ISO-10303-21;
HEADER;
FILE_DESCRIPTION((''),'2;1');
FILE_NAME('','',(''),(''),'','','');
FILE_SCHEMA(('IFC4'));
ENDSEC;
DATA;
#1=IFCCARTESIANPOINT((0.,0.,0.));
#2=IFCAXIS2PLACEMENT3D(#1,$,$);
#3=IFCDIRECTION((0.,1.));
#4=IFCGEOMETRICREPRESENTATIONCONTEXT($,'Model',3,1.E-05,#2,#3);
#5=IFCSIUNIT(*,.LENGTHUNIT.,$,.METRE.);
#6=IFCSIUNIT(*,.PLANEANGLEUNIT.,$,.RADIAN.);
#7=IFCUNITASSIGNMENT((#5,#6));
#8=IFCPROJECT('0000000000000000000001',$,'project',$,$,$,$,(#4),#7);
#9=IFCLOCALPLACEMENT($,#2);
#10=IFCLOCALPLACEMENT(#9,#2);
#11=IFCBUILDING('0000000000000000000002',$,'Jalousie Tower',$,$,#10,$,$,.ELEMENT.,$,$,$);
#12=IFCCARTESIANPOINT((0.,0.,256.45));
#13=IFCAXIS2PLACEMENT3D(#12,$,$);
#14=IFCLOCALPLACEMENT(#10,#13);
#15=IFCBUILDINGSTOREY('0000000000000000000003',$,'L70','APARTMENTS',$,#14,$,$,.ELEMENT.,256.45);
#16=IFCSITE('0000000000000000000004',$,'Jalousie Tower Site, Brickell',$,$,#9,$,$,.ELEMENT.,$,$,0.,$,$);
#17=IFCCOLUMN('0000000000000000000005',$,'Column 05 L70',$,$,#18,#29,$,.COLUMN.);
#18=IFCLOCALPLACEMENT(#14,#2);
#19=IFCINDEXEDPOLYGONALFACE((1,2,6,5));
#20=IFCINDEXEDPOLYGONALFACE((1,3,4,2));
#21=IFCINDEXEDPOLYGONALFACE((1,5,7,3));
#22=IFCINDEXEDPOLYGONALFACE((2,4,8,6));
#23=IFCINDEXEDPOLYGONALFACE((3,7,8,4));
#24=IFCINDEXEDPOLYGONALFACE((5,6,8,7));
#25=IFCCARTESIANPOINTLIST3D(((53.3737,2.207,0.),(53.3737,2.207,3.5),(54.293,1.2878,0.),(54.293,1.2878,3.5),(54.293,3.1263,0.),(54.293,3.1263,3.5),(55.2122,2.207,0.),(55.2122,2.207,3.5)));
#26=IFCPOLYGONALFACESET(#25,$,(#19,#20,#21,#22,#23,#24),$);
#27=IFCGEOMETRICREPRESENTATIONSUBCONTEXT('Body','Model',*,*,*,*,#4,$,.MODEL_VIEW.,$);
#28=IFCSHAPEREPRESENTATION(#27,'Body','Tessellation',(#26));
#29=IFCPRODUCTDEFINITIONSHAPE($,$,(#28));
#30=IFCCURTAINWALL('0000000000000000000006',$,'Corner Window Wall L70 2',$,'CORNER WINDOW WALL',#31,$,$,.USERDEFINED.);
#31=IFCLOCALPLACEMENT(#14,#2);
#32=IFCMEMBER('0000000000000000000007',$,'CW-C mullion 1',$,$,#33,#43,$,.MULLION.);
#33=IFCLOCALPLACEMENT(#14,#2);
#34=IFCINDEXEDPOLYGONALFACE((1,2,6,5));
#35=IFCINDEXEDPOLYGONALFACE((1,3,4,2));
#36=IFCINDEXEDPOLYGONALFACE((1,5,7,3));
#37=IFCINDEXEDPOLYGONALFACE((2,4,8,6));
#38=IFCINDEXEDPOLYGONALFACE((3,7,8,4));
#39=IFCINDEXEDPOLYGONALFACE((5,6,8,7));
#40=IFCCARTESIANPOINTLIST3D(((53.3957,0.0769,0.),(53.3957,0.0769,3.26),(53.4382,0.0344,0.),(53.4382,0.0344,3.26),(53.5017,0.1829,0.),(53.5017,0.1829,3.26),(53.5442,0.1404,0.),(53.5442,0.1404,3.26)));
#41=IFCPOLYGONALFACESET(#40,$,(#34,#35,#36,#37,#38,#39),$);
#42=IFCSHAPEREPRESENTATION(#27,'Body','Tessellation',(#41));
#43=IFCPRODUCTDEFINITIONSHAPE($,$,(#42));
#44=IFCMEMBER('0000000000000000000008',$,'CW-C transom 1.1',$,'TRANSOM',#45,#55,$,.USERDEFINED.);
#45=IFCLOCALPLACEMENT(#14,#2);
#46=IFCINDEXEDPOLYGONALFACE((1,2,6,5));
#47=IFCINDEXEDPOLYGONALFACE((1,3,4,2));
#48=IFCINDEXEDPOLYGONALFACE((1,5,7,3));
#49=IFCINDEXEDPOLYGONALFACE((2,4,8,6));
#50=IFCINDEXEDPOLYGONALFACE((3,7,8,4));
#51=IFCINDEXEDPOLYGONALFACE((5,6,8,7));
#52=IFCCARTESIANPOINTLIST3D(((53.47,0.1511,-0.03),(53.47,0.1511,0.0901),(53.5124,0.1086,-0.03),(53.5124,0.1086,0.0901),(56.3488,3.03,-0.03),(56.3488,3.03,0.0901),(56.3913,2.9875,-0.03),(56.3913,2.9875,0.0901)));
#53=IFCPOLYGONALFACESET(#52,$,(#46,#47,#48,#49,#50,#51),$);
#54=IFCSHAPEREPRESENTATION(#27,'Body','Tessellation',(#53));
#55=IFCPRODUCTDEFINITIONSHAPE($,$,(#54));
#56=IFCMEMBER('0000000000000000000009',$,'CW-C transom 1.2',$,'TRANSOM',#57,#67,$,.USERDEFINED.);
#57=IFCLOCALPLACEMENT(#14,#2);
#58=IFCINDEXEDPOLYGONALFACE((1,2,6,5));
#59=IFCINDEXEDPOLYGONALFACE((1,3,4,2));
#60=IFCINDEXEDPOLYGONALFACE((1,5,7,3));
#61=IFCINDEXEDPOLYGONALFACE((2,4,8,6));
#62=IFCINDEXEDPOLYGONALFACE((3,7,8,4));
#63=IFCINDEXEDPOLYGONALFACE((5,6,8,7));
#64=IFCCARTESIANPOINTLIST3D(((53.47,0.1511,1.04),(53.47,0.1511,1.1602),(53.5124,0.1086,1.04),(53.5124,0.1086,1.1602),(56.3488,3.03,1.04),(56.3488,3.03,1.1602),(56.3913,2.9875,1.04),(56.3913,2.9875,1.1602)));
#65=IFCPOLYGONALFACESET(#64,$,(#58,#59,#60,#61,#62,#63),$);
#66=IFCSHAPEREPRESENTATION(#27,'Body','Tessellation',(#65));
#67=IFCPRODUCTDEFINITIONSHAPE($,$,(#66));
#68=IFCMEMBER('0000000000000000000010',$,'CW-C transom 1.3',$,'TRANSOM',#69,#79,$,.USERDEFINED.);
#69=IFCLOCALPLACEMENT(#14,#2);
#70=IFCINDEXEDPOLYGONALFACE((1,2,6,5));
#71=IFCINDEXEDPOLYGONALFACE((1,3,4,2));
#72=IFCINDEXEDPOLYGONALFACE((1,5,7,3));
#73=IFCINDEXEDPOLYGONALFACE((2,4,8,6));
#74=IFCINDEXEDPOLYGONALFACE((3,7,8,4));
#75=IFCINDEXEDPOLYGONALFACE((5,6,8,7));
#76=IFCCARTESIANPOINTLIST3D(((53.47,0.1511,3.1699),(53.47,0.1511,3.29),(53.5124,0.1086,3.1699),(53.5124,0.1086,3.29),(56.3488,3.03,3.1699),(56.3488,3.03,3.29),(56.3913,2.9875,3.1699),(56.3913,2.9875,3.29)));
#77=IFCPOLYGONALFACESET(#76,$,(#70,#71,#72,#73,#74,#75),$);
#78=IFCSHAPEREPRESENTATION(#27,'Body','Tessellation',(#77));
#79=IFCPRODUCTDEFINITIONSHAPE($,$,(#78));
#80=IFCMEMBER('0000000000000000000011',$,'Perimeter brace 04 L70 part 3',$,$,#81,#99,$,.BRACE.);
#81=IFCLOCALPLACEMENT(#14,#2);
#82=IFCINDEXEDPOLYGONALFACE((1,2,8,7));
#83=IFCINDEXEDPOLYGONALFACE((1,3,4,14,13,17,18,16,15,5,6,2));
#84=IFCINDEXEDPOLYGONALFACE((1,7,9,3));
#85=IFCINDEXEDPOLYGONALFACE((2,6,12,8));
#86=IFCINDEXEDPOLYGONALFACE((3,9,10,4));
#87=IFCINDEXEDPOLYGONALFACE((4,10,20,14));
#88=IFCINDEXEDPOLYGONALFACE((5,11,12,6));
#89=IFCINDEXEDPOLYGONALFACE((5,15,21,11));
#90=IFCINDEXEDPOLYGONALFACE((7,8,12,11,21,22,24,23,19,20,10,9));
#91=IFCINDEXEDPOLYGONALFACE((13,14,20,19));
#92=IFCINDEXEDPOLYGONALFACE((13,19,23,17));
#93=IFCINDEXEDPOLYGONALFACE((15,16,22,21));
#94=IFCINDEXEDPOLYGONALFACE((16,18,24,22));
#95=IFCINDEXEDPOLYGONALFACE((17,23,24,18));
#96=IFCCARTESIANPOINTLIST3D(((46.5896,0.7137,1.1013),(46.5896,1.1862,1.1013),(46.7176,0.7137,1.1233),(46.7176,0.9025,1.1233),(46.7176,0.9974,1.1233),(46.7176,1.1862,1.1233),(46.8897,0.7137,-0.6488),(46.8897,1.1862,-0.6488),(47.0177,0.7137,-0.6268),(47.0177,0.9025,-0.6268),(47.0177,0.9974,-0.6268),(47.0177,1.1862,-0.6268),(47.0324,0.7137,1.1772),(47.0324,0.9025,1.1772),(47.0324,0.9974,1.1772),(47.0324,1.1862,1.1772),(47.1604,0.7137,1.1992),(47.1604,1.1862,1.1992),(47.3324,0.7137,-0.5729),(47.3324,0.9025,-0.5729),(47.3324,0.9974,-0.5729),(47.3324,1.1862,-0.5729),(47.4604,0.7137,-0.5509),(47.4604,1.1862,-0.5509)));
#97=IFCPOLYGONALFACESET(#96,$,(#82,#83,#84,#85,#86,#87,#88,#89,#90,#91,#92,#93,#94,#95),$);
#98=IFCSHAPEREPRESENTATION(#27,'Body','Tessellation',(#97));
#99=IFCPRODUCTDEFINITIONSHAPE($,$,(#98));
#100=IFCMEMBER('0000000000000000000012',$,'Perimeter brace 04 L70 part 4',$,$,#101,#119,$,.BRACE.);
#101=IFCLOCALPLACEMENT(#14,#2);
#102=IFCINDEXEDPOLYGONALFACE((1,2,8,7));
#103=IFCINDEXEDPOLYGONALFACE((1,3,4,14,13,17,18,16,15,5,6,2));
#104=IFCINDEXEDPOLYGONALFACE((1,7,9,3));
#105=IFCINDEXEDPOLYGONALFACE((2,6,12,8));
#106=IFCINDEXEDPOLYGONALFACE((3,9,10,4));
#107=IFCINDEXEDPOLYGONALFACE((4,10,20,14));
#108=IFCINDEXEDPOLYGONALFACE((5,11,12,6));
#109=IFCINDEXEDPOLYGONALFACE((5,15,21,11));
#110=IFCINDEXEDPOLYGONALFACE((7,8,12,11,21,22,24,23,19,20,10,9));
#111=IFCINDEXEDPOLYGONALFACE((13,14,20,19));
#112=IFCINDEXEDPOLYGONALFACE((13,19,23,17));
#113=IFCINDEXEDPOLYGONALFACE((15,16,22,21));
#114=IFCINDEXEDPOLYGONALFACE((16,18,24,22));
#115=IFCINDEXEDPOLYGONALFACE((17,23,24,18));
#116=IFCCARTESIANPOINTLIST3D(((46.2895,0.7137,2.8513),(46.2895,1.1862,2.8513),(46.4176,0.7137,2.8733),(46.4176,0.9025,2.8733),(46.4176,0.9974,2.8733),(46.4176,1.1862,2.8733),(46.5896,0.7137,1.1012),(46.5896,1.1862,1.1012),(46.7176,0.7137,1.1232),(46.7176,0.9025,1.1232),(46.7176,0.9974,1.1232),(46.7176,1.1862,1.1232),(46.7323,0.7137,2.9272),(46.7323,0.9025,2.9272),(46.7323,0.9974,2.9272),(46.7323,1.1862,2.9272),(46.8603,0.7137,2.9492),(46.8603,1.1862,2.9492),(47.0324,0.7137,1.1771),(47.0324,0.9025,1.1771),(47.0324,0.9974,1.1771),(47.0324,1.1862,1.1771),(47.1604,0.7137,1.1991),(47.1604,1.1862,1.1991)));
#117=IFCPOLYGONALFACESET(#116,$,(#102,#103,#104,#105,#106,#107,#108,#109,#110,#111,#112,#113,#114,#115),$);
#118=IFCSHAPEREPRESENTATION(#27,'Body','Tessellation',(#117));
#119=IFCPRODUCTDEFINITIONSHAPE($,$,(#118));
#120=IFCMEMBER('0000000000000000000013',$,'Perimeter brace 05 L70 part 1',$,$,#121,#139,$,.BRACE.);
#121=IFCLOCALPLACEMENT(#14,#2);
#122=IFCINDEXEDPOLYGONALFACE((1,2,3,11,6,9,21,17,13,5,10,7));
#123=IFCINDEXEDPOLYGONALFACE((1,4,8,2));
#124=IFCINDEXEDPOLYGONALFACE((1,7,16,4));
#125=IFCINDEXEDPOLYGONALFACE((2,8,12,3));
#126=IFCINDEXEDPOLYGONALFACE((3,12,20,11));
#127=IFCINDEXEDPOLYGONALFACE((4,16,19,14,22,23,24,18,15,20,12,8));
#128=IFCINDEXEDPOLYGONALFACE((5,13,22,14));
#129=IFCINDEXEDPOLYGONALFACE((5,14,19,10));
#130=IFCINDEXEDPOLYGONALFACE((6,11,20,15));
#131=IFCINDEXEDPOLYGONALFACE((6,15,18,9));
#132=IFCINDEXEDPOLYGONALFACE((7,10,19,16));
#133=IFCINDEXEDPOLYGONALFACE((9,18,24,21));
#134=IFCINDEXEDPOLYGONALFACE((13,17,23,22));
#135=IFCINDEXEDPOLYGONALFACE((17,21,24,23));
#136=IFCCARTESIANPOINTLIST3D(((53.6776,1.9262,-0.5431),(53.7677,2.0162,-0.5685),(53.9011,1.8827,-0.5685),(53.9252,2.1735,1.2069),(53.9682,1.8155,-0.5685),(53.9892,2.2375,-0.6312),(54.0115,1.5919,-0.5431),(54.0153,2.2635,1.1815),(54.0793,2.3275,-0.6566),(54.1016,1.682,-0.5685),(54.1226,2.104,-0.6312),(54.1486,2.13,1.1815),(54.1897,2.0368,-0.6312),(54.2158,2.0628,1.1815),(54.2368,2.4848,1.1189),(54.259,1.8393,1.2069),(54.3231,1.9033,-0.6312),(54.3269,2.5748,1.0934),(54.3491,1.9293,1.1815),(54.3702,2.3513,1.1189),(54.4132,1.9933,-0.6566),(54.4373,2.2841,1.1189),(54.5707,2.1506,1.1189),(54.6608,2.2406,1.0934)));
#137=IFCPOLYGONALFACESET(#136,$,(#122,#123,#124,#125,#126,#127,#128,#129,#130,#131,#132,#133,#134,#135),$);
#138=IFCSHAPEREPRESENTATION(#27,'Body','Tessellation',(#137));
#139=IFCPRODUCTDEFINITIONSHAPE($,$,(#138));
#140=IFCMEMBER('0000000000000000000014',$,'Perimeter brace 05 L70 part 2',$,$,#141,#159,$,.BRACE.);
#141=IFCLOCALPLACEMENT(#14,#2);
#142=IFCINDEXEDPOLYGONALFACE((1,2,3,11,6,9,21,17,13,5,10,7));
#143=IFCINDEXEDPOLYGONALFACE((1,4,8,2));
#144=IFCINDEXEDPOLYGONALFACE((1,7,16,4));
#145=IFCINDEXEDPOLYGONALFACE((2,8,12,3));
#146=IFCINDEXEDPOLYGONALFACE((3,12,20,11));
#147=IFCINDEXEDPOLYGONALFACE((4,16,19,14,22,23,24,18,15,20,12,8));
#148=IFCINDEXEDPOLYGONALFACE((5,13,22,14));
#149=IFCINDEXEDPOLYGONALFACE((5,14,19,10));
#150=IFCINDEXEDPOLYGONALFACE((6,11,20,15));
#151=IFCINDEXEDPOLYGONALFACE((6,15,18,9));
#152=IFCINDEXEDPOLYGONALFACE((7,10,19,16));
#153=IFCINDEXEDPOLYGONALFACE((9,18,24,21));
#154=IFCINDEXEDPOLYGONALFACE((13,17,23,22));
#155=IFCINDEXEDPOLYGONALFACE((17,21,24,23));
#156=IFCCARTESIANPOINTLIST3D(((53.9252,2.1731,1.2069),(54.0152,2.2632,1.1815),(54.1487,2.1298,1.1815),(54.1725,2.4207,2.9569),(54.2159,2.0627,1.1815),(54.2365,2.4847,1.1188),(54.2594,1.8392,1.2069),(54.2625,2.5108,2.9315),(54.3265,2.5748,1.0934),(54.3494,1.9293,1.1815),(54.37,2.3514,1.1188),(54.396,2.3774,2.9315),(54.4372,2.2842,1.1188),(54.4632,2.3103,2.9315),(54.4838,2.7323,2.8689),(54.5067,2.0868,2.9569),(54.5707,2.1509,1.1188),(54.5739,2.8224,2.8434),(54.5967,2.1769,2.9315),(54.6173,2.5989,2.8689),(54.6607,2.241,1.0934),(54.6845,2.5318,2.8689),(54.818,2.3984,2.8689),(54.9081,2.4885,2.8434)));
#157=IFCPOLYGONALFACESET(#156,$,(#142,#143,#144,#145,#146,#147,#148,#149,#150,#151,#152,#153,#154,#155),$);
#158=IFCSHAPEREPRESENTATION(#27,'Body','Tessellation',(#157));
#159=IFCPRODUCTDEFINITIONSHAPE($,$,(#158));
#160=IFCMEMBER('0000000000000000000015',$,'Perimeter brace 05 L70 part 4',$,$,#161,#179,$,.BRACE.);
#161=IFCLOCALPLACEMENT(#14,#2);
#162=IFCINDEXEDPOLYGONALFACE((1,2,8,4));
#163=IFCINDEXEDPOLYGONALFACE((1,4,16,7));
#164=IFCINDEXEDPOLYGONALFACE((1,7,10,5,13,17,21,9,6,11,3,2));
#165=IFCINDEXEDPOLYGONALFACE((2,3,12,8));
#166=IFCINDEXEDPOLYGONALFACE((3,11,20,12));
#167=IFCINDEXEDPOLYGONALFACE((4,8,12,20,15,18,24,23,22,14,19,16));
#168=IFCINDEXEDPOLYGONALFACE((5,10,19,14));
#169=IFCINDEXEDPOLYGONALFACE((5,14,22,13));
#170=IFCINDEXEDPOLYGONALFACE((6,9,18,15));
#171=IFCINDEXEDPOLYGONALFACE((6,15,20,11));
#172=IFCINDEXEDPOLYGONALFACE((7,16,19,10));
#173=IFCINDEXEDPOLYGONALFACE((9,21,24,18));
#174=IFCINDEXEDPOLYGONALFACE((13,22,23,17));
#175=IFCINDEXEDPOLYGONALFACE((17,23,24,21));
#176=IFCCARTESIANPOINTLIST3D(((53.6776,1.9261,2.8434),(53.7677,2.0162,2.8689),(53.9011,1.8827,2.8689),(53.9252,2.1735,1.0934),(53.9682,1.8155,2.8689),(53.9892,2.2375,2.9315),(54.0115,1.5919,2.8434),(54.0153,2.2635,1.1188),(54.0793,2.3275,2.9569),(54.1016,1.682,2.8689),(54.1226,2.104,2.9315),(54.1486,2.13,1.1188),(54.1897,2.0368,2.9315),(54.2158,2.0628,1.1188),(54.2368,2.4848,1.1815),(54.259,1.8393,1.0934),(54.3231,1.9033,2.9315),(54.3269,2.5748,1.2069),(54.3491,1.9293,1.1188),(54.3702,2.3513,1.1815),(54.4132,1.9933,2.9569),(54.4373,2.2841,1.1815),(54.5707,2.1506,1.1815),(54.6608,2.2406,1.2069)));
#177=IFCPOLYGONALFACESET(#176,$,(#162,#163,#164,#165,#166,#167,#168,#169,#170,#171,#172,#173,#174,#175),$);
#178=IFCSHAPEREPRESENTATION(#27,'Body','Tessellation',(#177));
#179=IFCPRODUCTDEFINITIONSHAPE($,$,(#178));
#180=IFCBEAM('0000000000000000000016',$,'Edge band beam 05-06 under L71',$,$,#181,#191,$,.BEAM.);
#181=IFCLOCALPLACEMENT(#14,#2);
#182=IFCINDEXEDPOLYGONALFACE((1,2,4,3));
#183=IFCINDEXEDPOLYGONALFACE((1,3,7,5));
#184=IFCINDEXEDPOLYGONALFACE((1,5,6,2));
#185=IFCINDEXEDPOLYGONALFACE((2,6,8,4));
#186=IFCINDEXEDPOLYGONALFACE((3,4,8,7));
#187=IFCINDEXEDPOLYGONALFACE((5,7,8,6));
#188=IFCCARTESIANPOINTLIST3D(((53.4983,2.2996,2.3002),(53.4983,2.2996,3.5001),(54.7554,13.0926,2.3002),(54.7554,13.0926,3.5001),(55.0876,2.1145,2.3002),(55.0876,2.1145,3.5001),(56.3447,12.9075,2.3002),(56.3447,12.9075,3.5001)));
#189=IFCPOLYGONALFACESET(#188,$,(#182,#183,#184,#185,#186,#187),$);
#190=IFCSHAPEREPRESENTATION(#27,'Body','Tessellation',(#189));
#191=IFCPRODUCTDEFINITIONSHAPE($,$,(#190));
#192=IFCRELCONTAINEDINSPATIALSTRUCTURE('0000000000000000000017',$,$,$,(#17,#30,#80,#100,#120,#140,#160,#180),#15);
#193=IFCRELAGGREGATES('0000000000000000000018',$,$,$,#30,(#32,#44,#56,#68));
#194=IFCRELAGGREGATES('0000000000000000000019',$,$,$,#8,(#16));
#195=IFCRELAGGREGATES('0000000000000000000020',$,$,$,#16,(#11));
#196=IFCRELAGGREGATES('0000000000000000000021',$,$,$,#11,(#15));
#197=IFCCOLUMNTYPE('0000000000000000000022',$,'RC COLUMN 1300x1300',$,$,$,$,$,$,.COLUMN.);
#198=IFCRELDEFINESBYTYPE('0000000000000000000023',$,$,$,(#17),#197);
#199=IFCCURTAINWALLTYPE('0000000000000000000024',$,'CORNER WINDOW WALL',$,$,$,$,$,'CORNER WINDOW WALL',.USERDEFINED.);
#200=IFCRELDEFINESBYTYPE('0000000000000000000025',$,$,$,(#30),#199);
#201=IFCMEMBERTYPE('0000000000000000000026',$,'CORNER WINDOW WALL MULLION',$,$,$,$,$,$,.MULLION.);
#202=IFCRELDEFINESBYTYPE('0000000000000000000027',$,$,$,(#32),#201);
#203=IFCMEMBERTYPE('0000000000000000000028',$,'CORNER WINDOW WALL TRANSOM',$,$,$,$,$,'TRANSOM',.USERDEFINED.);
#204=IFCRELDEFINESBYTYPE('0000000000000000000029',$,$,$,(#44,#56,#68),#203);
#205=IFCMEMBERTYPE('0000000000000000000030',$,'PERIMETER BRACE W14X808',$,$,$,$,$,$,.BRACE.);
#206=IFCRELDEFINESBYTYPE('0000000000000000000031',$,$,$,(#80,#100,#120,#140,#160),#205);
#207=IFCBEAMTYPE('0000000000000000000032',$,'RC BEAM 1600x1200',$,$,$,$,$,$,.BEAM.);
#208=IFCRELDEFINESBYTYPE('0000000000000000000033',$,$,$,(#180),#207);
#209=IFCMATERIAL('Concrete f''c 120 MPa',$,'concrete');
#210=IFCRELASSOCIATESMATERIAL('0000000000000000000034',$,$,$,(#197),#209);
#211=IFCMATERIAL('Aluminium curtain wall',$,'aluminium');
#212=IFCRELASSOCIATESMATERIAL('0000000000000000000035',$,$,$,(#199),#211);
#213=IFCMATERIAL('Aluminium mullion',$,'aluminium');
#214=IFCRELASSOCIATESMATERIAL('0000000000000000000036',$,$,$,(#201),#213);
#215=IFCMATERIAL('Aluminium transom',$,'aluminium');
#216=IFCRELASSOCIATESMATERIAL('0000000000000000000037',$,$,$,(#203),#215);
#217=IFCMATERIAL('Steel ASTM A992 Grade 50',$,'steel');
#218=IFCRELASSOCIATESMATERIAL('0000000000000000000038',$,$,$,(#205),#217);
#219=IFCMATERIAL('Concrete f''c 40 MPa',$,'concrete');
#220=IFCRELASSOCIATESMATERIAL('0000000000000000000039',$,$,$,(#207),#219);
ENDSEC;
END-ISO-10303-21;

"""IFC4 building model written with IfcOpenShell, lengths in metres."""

from ifc_helpers import new_model, si_unit, direction, frame, origin, origin_2d, place, context, subcontext, project, spatial, rectangle, i_section, extrude, material, material_profile, profile_set, type_object, element, aggregate, save


model = new_model("IFC4")

# Units and contexts
model_context = context("Model", 3, precision=1e-05, world=origin(), true_north=direction((0.0, 1.0)))
body_context = subcontext(model_context, "Body", "Model", "MODEL_VIEW")
ifc_project = project(units=[si_unit("LENGTHUNIT", "METRE"), si_unit("PLANEANGLEUNIT", "RADIAN")], contexts=[model_context])

# Site, building, storey
site_placement = place(None, origin())
site = spatial("IfcSite", under=ifc_project, at=site_placement, Name="Jalousie Tower Site, Brickell", CompositionType="ELEMENT", RefElevation=0.0)
building_placement = place(site_placement, origin())
building = spatial("IfcBuilding", under=site, at=building_placement, Name="Jalousie Tower", CompositionType="ELEMENT")
storey_placement = place(building_placement, frame((0.0, 0.0, 256.45)))
storey = spatial("IfcBuildingStorey", under=building, at=storey_placement, Name="L70", Description="APARTMENTS", CompositionType="ELEMENT", Elevation=256.45)

# Column
ifc_material_1 = material(Name="Concrete f'c 120 MPa", Category="concrete")
ifc_material_profile_1 = material_profile(ifc_material_1, rectangle(XDim=1.3, YDim=1.3, at=origin_2d()), Name="RC 1300x1300")
ifc_profile_set_1 = profile_set([ifc_material_profile_1], Name="Concrete f'c 120 MPa")
column_type = type_object("IfcColumnType", Name="RC COLUMN 1300x1300", PredefinedType="COLUMN", material=ifc_profile_set_1)
column_placement = place(storey_placement, frame((54.293, 2.207, 0.0), z_axis=(0.0, 0.0, 1.0), x_axis=(0.707107, 0.707107, 0.0)))
element("IfcColumn", 1, at=column_placement, inside=storey, type_object=column_type, Name="Column 05 L70", PredefinedType="COLUMN", context=body_context, shape_type="SweptSolid", body=[
    extrude(rectangle(XDim=1.3, YDim=1.3, at=origin_2d()), origin(), (0.0, 0.0, 1.0), 3.5),
])

# Curtain wall, members
ifc_material_2 = material(Name="Aluminium curtain wall", Category="aluminium")
curtain_wall_type_1 = type_object("IfcCurtainWallType", Name="CORNER WINDOW WALL", ElementType="CORNER WINDOW WALL", PredefinedType="USERDEFINED", material=ifc_material_2)
curtain_wall_1_placement = place(storey_placement, origin())
curtain_wall_1 = element("IfcCurtainWall", 2, at=curtain_wall_1_placement, inside=storey, type_object=curtain_wall_type_1, Name="Corner Window Wall L70 2", ObjectType="CORNER WINDOW WALL", PredefinedType="USERDEFINED")
ifc_material_3 = material(Name="Aluminium mullion", Category="aluminium")
ifc_material_profile_2 = material_profile(ifc_material_3, rectangle(XDim=0.0601, YDim=0.1499, at=origin_2d()), Name="MULLION 60x150")
ifc_profile_set_2 = profile_set([ifc_material_profile_2], Name="Aluminium mullion")
member_type_1 = type_object("IfcMemberType", Name="CORNER WINDOW WALL MULLION", PredefinedType="MULLION", material=ifc_profile_set_2)
member_1_placement = place(storey_placement, frame((53.47, 0.1086, 0.0), z_axis=(0.0, 0.0, 1.0), x_axis=(-0.707107, 0.707107, 0.0)))
member_1 = element("IfcMember", 3, at=member_1_placement, type_object=member_type_1, Name="CW-C mullion 1", PredefinedType="MULLION", context=body_context, shape_type="SweptSolid", body=[
    extrude(rectangle(XDim=0.0601, YDim=0.1499, at=origin_2d()), origin(), (0.0, 0.0, 1.0), 3.26),
])
ifc_material_4 = material(Name="Aluminium transom", Category="aluminium")
ifc_material_profile_3 = material_profile(ifc_material_4, rectangle(XDim=0.0601, YDim=0.1201, at=origin_2d()), Name="TRANSOM 60x120")
ifc_profile_set_3 = profile_set([ifc_material_profile_3], Name="Aluminium transom")
member_type_2 = type_object("IfcMemberType", Name="CORNER WINDOW WALL TRANSOM", ElementType="TRANSOM", PredefinedType="USERDEFINED", material=ifc_profile_set_3)
member_2_placement = place(storey_placement, frame((53.4912, 0.1299, 0.03), z_axis=(0.707107, 0.707107, 0.0), x_axis=(-0.707107, 0.707107, 0.0)))
member_2 = element("IfcMember", 4, at=member_2_placement, type_object=member_type_2, Name="CW-C transom 1.1", ObjectType="TRANSOM", PredefinedType="USERDEFINED", context=body_context, shape_type="SweptSolid", body=[
    extrude(rectangle(XDim=0.0601, YDim=0.1201, at=origin_2d()), origin(), (0.0, 0.0, 1.0), 4.0713),
])
member_3_placement = place(storey_placement, frame((53.4912, 0.1299, 1.1001), z_axis=(0.707107, 0.707107, 0.0), x_axis=(-0.707107, 0.707107, 0.0)))
member_3 = element("IfcMember", 5, at=member_3_placement, type_object=member_type_2, Name="CW-C transom 1.2", ObjectType="TRANSOM", PredefinedType="USERDEFINED", context=body_context, shape_type="SweptSolid", body=[
    extrude(rectangle(XDim=0.0601, YDim=0.1201, at=origin_2d()), origin(), (0.0, 0.0, 1.0), 4.0713),
])
member_4_placement = place(storey_placement, frame((53.4912, 0.1299, 3.23), z_axis=(0.707107, 0.707107, 0.0), x_axis=(-0.707107, 0.707107, 0.0)))
member_4 = element("IfcMember", 6, at=member_4_placement, type_object=member_type_2, Name="CW-C transom 1.3", ObjectType="TRANSOM", PredefinedType="USERDEFINED", context=body_context, shape_type="SweptSolid", body=[
    extrude(rectangle(XDim=0.0601, YDim=0.1201, at=origin_2d()), origin(), (0.0, 0.0, 1.0), 4.0713),
])

# Members
ifc_material_5 = material(Name="Steel ASTM A992 Grade 50", Category="steel")
ifc_material_profile_4 = material_profile(ifc_material_5, i_section(OverallWidth=0.4724, OverallDepth=0.5791, WebThickness=0.095, FlangeThickness=0.1299, at=origin_2d()), Name="W14X808")
ifc_profile_set_4 = profile_set([ifc_material_profile_4], Name="Steel ASTM A992 Grade 50")
member_type_3 = type_object("IfcMemberType", Name="PERIMETER BRACE W14X808", PredefinedType="BRACE", material=ifc_profile_set_4)
for number, where, z_axis, x_axis, name in (
    (7, (47.175, 0.95, -0.5999), (-0.168991, 0.0, 0.985618), (0.0, -1.0, 0.0), "Perimeter brace 04 L70 part 3"),
    (8, (46.875, 0.95, 1.1501), (-0.168991, 0.0, 0.985618), (0.0, -1.0, 0.0), "Perimeter brace 04 L70 part 4"),
):
    element("IfcMember", number, at=place(storey_placement, frame(where, z_axis=z_axis, x_axis=x_axis)), inside=storey, type_object=member_type_3, Name=name, PredefinedType="BRACE", context=body_context, shape_type="SweptSolid", body=[
        extrude(i_section(OverallWidth=0.4724, OverallDepth=0.5791, WebThickness=0.095, FlangeThickness=0.1299, at=origin_2d()), origin(), (0.0, 0.0, 1.0), 1.7756),
    ])
for number, where, z_axis, x_axis, name in (
    (9, (54.0454, 1.9597, -0.5999), (0.138716, 0.138579, 0.980588), (-0.706758, 0.707456, 0.0), "Perimeter brace 05 L70 part 1"),
    (10, (54.293, 2.207, 1.1501), (0.138579, 0.138716, 0.980588), (-0.707456, 0.706758, 0.0), "Perimeter brace 05 L70 part 2"),
    (11, (54.293, 2.207, 1.1501), (-0.138716, -0.138579, 0.980588), (0.706758, -0.707456, 0.0), "Perimeter brace 05 L70 part 4"),
):
    element("IfcMember", number, at=place(storey_placement, frame(where, z_axis=z_axis, x_axis=x_axis)), inside=storey, type_object=member_type_3, Name=name, PredefinedType="BRACE", context=body_context, shape_type="SweptSolid", body=[
        extrude(i_section(OverallWidth=0.4724, OverallDepth=0.5791, WebThickness=0.095, FlangeThickness=0.1299, at=origin_2d()), origin(), (0.0, 0.0, 1.0), 1.7847),
    ])

# Beam
ifc_material_6 = material(Name="Concrete f'c 40 MPa", Category="concrete")
ifc_material_profile_5 = material_profile(ifc_material_6, rectangle(XDim=1.6001, YDim=1.2, at=origin_2d()), Name="RC 1600x1200")
ifc_profile_set_5 = profile_set([ifc_material_profile_5], Name="Concrete f'c 40 MPa")
beam_type_1 = type_object("IfcBeamType", Name="RC BEAM 1600x1200", PredefinedType="BEAM", material=ifc_profile_set_5)
beam_1_placement = place(storey_placement, frame((54.293, 2.207, 2.9001), z_axis=(0.11569, 0.993285, 0.0), x_axis=(-0.993285, 0.11569, 0.0)))
element("IfcBeam", 12, at=beam_1_placement, inside=storey, type_object=beam_type_1, Name="Edge band beam 05-06 under L71", PredefinedType="BEAM", context=body_context, shape_type="SweptSolid", body=[
    extrude(rectangle(XDim=1.6001, YDim=1.2, at=origin_2d()), origin(), (0.0, 0.0, 1.0), 10.866),
])

aggregate(curtain_wall_1, [member_1, member_2, member_3, member_4])

save(model, "model.ifc")
